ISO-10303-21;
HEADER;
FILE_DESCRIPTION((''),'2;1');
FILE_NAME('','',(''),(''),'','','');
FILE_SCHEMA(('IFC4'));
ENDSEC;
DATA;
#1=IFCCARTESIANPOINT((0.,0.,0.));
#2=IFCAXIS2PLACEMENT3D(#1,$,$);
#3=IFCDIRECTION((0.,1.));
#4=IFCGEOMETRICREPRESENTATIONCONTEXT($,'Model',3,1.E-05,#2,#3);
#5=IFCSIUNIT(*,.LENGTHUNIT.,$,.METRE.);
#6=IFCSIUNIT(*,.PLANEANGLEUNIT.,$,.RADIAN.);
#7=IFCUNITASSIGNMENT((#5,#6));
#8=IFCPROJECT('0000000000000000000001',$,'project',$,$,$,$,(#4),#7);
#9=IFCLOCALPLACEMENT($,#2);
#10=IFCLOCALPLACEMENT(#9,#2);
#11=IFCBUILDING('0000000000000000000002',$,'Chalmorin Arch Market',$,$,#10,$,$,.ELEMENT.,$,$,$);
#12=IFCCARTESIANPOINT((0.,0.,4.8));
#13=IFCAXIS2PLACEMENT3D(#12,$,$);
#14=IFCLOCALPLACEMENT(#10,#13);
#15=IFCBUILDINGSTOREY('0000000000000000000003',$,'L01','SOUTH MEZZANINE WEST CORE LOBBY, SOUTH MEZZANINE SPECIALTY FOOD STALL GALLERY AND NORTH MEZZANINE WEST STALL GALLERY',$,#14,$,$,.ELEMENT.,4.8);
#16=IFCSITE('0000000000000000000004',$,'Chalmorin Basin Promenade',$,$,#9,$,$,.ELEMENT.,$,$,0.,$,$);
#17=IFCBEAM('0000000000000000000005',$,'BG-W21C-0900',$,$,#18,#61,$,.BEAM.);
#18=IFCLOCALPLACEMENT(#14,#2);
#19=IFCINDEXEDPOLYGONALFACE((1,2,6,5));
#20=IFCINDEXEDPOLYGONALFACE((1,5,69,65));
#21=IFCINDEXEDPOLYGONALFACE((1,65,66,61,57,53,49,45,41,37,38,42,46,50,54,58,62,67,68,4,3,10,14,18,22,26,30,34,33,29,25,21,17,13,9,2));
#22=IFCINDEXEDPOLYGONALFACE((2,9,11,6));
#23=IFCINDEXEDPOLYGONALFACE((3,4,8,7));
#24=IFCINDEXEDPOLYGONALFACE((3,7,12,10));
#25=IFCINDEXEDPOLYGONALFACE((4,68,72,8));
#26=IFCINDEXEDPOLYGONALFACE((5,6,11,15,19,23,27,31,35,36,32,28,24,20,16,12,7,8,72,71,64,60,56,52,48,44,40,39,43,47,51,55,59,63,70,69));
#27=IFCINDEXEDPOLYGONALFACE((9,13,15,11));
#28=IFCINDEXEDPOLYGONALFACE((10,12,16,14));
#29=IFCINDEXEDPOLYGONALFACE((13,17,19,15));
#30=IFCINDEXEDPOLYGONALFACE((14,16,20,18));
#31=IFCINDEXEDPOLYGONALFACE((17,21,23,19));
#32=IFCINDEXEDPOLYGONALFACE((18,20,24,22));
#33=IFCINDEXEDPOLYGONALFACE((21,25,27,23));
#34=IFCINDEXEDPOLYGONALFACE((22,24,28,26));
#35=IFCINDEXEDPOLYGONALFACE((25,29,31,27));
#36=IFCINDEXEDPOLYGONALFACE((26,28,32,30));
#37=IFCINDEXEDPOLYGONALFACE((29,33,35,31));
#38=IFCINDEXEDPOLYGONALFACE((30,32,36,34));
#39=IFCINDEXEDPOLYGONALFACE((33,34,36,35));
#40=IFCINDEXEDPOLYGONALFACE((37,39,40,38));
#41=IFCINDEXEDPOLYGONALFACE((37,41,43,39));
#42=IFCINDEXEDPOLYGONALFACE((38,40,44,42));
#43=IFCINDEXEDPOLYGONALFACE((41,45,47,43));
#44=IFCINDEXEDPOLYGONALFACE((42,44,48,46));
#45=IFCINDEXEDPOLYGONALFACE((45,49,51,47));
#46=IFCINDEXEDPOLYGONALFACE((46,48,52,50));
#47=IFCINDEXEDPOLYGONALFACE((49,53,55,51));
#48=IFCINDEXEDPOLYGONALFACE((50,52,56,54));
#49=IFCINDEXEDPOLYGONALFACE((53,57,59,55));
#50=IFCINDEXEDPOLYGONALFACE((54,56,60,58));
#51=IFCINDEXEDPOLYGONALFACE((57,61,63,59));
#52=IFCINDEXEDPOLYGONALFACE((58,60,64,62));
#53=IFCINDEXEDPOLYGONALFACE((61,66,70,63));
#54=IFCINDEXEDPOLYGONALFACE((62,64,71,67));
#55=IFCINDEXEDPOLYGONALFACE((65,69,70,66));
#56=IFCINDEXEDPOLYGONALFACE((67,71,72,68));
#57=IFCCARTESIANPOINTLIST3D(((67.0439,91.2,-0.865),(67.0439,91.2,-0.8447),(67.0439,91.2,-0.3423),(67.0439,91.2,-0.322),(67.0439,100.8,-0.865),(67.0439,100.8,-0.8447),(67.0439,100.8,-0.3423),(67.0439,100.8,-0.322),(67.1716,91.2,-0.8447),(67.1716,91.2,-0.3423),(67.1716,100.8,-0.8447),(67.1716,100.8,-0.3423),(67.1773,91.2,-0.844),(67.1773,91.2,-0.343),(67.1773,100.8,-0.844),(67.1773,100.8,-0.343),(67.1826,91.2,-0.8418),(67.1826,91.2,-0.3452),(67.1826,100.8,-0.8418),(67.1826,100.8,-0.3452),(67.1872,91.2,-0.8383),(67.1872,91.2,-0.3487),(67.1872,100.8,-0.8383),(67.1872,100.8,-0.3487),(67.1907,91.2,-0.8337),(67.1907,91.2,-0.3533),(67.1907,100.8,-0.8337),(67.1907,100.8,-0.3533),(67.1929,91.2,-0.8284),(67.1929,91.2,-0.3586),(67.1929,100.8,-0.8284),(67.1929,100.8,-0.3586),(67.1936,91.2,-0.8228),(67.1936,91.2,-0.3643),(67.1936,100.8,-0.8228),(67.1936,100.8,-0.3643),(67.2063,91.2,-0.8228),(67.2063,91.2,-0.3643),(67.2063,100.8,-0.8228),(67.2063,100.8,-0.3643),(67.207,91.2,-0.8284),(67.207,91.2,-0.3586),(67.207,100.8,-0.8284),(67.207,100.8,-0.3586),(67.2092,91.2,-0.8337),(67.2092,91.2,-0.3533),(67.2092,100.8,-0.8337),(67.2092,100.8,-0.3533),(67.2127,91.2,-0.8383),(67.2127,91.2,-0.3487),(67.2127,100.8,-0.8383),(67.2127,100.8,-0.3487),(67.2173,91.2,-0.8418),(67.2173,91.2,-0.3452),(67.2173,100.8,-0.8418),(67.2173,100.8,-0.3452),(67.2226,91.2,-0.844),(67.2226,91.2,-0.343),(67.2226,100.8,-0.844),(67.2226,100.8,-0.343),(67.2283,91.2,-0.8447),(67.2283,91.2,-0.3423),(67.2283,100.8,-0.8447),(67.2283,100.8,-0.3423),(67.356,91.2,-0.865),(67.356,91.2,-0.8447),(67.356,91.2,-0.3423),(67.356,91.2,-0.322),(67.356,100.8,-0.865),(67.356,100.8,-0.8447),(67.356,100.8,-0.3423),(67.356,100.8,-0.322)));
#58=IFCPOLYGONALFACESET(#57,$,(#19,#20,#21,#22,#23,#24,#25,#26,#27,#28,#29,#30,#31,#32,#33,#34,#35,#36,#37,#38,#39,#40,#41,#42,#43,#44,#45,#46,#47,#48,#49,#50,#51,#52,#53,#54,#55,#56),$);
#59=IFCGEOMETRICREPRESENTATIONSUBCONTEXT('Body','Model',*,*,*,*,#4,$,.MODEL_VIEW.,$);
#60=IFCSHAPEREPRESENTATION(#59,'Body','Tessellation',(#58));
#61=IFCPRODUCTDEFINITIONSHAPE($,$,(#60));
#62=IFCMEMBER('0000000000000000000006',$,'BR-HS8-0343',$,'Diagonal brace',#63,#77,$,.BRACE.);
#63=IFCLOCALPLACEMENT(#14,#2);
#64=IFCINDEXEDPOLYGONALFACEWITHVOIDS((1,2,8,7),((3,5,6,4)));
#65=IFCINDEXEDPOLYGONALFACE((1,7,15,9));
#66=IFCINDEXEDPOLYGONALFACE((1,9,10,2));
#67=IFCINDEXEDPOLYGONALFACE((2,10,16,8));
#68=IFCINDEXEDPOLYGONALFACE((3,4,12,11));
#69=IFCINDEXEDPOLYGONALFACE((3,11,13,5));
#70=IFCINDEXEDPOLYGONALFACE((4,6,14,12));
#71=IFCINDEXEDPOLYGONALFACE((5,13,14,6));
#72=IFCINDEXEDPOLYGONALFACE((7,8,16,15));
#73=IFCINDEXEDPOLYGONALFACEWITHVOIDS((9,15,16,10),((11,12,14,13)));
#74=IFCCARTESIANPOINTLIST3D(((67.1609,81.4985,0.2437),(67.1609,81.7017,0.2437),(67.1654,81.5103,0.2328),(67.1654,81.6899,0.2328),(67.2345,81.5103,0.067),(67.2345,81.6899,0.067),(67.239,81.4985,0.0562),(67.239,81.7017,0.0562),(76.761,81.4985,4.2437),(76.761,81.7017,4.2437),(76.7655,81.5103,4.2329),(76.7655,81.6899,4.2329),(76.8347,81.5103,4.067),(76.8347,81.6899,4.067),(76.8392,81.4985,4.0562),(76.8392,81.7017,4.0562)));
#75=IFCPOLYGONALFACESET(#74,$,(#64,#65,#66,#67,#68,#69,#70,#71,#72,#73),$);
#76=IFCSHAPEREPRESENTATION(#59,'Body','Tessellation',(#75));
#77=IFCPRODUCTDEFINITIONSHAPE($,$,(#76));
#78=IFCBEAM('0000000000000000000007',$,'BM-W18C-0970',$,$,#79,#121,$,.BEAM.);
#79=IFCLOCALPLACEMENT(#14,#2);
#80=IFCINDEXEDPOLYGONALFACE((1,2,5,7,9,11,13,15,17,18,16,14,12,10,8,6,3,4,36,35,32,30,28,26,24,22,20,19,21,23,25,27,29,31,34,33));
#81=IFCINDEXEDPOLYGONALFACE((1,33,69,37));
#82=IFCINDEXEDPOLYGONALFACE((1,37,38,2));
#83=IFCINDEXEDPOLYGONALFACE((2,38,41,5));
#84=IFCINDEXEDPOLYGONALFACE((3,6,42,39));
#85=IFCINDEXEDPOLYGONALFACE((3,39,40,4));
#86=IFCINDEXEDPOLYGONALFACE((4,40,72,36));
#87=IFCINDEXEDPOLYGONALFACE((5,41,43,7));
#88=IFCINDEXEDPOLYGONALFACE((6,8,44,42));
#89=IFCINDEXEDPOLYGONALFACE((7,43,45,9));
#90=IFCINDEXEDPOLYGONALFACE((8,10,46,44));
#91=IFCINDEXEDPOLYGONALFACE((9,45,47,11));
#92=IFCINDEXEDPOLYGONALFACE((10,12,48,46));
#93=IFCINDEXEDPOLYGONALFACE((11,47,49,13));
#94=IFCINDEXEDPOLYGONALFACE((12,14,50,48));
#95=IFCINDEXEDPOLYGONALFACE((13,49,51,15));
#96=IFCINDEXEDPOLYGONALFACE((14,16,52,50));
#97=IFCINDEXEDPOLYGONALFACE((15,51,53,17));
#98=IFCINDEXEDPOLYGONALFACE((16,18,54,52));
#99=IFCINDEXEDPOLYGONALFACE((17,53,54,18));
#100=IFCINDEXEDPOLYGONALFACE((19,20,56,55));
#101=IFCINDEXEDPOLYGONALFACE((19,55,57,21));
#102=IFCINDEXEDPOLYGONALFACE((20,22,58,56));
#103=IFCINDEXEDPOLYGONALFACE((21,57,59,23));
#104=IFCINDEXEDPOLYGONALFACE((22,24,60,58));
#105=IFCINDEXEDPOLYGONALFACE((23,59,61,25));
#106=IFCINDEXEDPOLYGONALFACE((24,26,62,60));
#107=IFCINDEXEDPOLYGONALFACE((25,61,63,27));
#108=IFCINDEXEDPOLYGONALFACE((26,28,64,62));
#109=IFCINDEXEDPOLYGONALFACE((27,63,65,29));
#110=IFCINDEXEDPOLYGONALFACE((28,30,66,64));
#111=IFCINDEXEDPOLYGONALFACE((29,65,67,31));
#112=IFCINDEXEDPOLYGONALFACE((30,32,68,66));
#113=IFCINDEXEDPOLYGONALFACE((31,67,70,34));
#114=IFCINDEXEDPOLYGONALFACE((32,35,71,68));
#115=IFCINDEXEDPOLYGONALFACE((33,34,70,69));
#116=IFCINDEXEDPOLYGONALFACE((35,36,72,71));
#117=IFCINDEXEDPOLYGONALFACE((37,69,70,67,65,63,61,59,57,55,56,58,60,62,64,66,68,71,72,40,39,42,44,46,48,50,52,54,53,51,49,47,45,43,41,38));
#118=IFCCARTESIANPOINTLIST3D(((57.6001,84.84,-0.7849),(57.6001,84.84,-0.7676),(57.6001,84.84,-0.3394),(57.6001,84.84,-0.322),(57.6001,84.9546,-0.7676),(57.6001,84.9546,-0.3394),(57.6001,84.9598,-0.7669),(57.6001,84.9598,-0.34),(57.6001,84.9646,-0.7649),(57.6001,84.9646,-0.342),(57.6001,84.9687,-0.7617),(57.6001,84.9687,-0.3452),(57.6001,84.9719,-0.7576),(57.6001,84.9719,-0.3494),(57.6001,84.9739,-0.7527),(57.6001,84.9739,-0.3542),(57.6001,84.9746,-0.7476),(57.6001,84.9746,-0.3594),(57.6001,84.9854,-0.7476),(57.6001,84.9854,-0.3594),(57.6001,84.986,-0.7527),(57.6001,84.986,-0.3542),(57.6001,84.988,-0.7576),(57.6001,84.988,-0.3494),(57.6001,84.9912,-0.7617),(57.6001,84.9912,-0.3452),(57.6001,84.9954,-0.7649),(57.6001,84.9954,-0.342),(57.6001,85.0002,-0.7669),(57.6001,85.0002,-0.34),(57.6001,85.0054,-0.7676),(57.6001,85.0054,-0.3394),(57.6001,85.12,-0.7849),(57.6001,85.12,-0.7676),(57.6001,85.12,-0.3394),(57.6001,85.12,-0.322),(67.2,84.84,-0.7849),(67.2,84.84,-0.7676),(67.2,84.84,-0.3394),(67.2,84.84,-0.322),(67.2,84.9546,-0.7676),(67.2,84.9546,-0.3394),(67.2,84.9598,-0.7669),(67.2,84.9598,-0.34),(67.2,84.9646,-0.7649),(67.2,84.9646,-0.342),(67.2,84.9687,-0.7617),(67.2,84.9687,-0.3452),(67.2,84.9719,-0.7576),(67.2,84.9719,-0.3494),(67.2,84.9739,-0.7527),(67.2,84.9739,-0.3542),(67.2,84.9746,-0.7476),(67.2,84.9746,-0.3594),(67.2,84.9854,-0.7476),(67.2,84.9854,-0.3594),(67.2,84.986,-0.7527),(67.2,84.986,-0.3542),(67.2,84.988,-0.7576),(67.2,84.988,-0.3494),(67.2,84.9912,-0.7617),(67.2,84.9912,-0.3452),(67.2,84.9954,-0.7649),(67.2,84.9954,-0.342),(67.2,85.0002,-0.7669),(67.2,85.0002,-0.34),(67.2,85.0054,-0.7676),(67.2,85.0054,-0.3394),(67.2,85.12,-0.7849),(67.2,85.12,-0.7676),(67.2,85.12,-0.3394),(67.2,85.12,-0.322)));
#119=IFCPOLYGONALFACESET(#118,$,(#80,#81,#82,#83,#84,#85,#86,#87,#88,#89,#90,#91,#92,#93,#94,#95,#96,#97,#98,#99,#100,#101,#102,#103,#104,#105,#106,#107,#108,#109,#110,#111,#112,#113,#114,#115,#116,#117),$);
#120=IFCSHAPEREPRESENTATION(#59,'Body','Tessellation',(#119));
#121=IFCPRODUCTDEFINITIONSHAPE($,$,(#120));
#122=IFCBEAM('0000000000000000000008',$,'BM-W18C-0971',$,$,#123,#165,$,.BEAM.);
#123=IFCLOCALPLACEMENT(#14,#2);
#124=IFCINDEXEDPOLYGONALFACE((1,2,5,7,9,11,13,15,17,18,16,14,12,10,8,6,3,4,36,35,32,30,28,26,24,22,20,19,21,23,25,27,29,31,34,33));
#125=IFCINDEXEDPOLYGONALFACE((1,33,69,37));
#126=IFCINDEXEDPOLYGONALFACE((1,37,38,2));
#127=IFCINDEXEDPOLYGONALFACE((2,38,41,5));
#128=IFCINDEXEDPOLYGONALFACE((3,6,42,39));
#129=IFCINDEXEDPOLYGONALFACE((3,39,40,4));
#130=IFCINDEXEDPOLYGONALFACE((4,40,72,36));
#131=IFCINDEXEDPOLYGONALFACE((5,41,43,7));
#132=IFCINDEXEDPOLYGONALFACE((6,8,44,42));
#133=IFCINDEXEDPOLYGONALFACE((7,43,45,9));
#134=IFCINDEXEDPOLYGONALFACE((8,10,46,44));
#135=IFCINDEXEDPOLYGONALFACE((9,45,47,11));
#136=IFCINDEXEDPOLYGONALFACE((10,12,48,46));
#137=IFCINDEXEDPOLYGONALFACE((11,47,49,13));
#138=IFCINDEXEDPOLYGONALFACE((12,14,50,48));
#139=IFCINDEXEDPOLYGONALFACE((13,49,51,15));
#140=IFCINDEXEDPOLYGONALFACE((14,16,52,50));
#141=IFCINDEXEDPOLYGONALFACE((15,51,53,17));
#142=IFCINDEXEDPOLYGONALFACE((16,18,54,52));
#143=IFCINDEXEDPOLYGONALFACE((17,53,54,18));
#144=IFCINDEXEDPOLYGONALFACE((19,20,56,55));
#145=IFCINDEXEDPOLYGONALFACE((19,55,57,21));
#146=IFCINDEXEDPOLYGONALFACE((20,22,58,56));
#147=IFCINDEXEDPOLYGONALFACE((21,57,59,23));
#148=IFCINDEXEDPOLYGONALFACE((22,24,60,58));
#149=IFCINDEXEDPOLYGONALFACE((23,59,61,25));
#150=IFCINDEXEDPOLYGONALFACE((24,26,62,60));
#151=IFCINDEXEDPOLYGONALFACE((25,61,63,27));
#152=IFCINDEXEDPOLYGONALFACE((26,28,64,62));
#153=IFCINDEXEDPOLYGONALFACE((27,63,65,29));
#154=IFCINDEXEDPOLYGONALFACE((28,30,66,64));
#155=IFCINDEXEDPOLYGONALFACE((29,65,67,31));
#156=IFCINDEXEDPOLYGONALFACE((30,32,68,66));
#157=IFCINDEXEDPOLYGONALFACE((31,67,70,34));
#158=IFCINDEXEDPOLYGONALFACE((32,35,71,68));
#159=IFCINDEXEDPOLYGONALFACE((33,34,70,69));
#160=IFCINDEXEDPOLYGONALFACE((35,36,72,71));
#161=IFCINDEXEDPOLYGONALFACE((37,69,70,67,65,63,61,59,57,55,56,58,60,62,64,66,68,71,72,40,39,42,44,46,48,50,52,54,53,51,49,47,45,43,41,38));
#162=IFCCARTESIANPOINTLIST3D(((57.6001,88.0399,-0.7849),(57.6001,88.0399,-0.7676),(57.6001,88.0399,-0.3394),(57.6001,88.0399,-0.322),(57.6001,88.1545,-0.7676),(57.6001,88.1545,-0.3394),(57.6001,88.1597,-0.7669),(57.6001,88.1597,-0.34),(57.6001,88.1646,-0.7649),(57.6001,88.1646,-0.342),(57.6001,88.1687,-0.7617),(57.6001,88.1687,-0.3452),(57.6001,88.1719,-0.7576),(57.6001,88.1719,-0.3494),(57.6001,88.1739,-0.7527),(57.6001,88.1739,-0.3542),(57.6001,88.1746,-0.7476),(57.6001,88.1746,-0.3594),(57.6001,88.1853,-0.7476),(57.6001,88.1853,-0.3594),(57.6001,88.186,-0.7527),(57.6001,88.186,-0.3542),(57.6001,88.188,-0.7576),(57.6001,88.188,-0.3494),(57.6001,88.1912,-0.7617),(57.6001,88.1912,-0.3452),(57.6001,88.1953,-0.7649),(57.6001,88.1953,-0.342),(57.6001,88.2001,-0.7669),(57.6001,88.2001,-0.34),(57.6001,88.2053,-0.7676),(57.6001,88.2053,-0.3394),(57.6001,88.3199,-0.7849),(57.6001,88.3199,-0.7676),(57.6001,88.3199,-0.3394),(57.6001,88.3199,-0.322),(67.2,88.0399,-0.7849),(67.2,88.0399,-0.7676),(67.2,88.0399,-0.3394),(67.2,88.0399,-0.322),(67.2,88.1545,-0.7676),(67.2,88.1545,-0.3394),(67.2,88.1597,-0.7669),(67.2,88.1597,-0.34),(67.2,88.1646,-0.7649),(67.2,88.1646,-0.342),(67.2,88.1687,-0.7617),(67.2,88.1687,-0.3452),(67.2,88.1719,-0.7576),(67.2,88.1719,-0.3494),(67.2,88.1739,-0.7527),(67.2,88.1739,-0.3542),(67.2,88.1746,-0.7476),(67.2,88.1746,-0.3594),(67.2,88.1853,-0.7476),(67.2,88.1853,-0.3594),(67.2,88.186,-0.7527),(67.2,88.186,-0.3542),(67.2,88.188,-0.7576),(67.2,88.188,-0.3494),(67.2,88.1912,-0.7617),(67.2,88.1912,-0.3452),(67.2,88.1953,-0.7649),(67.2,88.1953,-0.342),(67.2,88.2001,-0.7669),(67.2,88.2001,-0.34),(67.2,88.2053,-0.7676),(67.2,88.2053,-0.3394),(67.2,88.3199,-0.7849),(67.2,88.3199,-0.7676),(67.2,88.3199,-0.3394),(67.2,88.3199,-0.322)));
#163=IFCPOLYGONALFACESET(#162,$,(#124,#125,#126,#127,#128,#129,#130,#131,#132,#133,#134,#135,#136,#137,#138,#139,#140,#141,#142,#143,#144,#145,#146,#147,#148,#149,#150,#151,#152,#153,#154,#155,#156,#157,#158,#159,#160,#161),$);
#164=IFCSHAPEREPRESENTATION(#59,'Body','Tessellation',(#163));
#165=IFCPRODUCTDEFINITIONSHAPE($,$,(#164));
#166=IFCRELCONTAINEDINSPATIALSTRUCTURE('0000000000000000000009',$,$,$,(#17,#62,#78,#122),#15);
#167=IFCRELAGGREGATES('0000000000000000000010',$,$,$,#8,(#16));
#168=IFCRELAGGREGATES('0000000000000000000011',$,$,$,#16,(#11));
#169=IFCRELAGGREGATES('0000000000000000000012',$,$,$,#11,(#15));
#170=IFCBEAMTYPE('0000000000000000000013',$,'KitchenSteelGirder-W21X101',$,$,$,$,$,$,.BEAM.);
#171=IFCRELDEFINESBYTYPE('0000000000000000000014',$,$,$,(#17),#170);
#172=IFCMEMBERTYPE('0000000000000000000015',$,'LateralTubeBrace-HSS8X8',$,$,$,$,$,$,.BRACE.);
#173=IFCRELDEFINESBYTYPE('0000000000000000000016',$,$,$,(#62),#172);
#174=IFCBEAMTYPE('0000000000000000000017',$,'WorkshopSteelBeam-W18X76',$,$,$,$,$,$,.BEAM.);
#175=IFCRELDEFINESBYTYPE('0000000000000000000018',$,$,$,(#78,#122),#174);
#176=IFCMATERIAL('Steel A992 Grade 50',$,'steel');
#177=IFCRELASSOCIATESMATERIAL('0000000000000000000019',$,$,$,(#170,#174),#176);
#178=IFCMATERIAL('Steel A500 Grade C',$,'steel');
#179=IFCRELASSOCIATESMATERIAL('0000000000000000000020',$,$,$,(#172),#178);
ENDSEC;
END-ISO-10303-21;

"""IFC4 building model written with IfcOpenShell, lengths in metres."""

from ifc_helpers import new_model, si_unit, direction, frame, origin, origin_2d, place, context, subcontext, project, spatial, hollow_rectangle, i_section, extrude, material, material_profile, profile_set, type_object, element, save


model = new_model("IFC4")

# Units and contexts
model_context = context("Model", 3, precision=1e-05, world=origin(), true_north=direction((0.0, 1.0)))
body_context = subcontext(model_context, "Body", "Model", "MODEL_VIEW")
ifc_project = project(units=[si_unit("LENGTHUNIT", "METRE"), si_unit("PLANEANGLEUNIT", "RADIAN")], contexts=[model_context])

# Site, building, storey
site_placement = place(None, origin())
site = spatial("IfcSite", under=ifc_project, at=site_placement, Name="Chalmorin Basin Promenade", CompositionType="ELEMENT", RefElevation=0.0)
building_placement = place(site_placement, origin())
building = spatial("IfcBuilding", under=site, at=building_placement, Name="Chalmorin Arch Market", CompositionType="ELEMENT")
storey_placement = place(building_placement, frame((0.0, 0.0, 4.8)))
storey = spatial("IfcBuildingStorey", under=building, at=storey_placement, Name="L01", Description="SOUTH MEZZANINE WEST CORE LOBBY, SOUTH MEZZANINE SPECIALTY FOOD STALL GALLERY AND NORTH MEZZANINE WEST STALL GALLERY", CompositionType="ELEMENT", Elevation=4.8)

# Beam
ifc_material_1 = material(Name="Steel A992 Grade 50", Category="steel")
ifc_material_profile_1 = material_profile(ifc_material_1, i_section(OverallWidth=0.312, OverallDepth=0.543, WebThickness=0.0127, FlangeThickness=0.0203, FilletRadius=0.022, at=origin_2d()), Name="W21X101")
ifc_profile_set_1 = profile_set([ifc_material_profile_1], Name="Steel A992 Grade 50")
beam_type_1 = type_object("IfcBeamType", Name="KitchenSteelGirder-W21X101", PredefinedType="BEAM", material=ifc_profile_set_1)
beam_1_placement = place(storey_placement, frame((67.2, 91.2, -0.5935), z_axis=(0.0, 1.0, 0.0), x_axis=(-1.0, 0.0, 0.0)))
element("IfcBeam", 1, at=beam_1_placement, inside=storey, type_object=beam_type_1, Name="BG-W21C-0900", PredefinedType="BEAM", context=body_context, shape_type="SweptSolid", body=[
    extrude(i_section(OverallWidth=0.312, OverallDepth=0.543, WebThickness=0.0127, FlangeThickness=0.0203, FilletRadius=0.022, at=origin_2d()), origin(), (0.0, 0.0, 1.0), 9.6001),
])

# Member
ifc_material_2 = material(Name="Steel A500 Grade C", Category="steel")
ifc_material_profile_2 = material_profile(ifc_material_2, hollow_rectangle(XDim=0.2031, YDim=0.2031, WallThickness=0.0117, at=origin_2d()), Name="HSS8X8X1/2")
ifc_profile_set_2 = profile_set([ifc_material_profile_2], Name="Steel A500 Grade C")
member_type = type_object("IfcMemberType", Name="LateralTubeBrace-HSS8X8", PredefinedType="BRACE", material=ifc_profile_set_2)
member_placement = place(storey_placement, frame((67.2, 81.6001, 0.1499), z_axis=(0.923078, 0.0, 0.384612), x_axis=(0.0, 1.0, 0.0)))
element("IfcMember", 2, at=member_placement, inside=storey, type_object=member_type, Name="BR-HS8-0343", ObjectType="Diagonal brace", PredefinedType="BRACE", context=body_context, shape_type="SweptSolid", body=[
    extrude(hollow_rectangle(XDim=0.2031, YDim=0.2031, WallThickness=0.0117, at=origin_2d()), origin(), (0.0, 0.0, 1.0), 10.4001),
])

# Beams
ifc_material_profile_3 = material_profile(ifc_material_1, i_section(OverallWidth=0.28, OverallDepth=0.4629, WebThickness=0.0107, FlangeThickness=0.0173, FilletRadius=0.02, at=origin_2d()), Name="W18X76")
ifc_profile_set_3 = profile_set([ifc_material_profile_3], Name="Steel A992 Grade 50")
beam_type_2 = type_object("IfcBeamType", Name="WorkshopSteelBeam-W18X76", PredefinedType="BEAM", material=ifc_profile_set_3)
for number, where, z_axis, x_axis, name in (
    (3, (57.6001, 84.98, -0.5535), (1.0, 0.0, 0.0), (0.0, 1.0, 0.0), "BM-W18C-0970"),
    (4, (57.6001, 88.1799, -0.5535), (1.0, 0.0, 0.0), (0.0, 1.0, 0.0), "BM-W18C-0971"),
):
    element("IfcBeam", number, at=place(storey_placement, frame(where, z_axis=z_axis, x_axis=x_axis)), inside=storey, type_object=beam_type_2, Name=name, PredefinedType="BEAM", context=body_context, shape_type="SweptSolid", body=[
        extrude(i_section(OverallWidth=0.28, OverallDepth=0.4629, WebThickness=0.0107, FlangeThickness=0.0173, FilletRadius=0.02, at=origin_2d()), origin(), (0.0, 0.0, 1.0), 9.5999),
    ])

save(model, "model.ifc")
